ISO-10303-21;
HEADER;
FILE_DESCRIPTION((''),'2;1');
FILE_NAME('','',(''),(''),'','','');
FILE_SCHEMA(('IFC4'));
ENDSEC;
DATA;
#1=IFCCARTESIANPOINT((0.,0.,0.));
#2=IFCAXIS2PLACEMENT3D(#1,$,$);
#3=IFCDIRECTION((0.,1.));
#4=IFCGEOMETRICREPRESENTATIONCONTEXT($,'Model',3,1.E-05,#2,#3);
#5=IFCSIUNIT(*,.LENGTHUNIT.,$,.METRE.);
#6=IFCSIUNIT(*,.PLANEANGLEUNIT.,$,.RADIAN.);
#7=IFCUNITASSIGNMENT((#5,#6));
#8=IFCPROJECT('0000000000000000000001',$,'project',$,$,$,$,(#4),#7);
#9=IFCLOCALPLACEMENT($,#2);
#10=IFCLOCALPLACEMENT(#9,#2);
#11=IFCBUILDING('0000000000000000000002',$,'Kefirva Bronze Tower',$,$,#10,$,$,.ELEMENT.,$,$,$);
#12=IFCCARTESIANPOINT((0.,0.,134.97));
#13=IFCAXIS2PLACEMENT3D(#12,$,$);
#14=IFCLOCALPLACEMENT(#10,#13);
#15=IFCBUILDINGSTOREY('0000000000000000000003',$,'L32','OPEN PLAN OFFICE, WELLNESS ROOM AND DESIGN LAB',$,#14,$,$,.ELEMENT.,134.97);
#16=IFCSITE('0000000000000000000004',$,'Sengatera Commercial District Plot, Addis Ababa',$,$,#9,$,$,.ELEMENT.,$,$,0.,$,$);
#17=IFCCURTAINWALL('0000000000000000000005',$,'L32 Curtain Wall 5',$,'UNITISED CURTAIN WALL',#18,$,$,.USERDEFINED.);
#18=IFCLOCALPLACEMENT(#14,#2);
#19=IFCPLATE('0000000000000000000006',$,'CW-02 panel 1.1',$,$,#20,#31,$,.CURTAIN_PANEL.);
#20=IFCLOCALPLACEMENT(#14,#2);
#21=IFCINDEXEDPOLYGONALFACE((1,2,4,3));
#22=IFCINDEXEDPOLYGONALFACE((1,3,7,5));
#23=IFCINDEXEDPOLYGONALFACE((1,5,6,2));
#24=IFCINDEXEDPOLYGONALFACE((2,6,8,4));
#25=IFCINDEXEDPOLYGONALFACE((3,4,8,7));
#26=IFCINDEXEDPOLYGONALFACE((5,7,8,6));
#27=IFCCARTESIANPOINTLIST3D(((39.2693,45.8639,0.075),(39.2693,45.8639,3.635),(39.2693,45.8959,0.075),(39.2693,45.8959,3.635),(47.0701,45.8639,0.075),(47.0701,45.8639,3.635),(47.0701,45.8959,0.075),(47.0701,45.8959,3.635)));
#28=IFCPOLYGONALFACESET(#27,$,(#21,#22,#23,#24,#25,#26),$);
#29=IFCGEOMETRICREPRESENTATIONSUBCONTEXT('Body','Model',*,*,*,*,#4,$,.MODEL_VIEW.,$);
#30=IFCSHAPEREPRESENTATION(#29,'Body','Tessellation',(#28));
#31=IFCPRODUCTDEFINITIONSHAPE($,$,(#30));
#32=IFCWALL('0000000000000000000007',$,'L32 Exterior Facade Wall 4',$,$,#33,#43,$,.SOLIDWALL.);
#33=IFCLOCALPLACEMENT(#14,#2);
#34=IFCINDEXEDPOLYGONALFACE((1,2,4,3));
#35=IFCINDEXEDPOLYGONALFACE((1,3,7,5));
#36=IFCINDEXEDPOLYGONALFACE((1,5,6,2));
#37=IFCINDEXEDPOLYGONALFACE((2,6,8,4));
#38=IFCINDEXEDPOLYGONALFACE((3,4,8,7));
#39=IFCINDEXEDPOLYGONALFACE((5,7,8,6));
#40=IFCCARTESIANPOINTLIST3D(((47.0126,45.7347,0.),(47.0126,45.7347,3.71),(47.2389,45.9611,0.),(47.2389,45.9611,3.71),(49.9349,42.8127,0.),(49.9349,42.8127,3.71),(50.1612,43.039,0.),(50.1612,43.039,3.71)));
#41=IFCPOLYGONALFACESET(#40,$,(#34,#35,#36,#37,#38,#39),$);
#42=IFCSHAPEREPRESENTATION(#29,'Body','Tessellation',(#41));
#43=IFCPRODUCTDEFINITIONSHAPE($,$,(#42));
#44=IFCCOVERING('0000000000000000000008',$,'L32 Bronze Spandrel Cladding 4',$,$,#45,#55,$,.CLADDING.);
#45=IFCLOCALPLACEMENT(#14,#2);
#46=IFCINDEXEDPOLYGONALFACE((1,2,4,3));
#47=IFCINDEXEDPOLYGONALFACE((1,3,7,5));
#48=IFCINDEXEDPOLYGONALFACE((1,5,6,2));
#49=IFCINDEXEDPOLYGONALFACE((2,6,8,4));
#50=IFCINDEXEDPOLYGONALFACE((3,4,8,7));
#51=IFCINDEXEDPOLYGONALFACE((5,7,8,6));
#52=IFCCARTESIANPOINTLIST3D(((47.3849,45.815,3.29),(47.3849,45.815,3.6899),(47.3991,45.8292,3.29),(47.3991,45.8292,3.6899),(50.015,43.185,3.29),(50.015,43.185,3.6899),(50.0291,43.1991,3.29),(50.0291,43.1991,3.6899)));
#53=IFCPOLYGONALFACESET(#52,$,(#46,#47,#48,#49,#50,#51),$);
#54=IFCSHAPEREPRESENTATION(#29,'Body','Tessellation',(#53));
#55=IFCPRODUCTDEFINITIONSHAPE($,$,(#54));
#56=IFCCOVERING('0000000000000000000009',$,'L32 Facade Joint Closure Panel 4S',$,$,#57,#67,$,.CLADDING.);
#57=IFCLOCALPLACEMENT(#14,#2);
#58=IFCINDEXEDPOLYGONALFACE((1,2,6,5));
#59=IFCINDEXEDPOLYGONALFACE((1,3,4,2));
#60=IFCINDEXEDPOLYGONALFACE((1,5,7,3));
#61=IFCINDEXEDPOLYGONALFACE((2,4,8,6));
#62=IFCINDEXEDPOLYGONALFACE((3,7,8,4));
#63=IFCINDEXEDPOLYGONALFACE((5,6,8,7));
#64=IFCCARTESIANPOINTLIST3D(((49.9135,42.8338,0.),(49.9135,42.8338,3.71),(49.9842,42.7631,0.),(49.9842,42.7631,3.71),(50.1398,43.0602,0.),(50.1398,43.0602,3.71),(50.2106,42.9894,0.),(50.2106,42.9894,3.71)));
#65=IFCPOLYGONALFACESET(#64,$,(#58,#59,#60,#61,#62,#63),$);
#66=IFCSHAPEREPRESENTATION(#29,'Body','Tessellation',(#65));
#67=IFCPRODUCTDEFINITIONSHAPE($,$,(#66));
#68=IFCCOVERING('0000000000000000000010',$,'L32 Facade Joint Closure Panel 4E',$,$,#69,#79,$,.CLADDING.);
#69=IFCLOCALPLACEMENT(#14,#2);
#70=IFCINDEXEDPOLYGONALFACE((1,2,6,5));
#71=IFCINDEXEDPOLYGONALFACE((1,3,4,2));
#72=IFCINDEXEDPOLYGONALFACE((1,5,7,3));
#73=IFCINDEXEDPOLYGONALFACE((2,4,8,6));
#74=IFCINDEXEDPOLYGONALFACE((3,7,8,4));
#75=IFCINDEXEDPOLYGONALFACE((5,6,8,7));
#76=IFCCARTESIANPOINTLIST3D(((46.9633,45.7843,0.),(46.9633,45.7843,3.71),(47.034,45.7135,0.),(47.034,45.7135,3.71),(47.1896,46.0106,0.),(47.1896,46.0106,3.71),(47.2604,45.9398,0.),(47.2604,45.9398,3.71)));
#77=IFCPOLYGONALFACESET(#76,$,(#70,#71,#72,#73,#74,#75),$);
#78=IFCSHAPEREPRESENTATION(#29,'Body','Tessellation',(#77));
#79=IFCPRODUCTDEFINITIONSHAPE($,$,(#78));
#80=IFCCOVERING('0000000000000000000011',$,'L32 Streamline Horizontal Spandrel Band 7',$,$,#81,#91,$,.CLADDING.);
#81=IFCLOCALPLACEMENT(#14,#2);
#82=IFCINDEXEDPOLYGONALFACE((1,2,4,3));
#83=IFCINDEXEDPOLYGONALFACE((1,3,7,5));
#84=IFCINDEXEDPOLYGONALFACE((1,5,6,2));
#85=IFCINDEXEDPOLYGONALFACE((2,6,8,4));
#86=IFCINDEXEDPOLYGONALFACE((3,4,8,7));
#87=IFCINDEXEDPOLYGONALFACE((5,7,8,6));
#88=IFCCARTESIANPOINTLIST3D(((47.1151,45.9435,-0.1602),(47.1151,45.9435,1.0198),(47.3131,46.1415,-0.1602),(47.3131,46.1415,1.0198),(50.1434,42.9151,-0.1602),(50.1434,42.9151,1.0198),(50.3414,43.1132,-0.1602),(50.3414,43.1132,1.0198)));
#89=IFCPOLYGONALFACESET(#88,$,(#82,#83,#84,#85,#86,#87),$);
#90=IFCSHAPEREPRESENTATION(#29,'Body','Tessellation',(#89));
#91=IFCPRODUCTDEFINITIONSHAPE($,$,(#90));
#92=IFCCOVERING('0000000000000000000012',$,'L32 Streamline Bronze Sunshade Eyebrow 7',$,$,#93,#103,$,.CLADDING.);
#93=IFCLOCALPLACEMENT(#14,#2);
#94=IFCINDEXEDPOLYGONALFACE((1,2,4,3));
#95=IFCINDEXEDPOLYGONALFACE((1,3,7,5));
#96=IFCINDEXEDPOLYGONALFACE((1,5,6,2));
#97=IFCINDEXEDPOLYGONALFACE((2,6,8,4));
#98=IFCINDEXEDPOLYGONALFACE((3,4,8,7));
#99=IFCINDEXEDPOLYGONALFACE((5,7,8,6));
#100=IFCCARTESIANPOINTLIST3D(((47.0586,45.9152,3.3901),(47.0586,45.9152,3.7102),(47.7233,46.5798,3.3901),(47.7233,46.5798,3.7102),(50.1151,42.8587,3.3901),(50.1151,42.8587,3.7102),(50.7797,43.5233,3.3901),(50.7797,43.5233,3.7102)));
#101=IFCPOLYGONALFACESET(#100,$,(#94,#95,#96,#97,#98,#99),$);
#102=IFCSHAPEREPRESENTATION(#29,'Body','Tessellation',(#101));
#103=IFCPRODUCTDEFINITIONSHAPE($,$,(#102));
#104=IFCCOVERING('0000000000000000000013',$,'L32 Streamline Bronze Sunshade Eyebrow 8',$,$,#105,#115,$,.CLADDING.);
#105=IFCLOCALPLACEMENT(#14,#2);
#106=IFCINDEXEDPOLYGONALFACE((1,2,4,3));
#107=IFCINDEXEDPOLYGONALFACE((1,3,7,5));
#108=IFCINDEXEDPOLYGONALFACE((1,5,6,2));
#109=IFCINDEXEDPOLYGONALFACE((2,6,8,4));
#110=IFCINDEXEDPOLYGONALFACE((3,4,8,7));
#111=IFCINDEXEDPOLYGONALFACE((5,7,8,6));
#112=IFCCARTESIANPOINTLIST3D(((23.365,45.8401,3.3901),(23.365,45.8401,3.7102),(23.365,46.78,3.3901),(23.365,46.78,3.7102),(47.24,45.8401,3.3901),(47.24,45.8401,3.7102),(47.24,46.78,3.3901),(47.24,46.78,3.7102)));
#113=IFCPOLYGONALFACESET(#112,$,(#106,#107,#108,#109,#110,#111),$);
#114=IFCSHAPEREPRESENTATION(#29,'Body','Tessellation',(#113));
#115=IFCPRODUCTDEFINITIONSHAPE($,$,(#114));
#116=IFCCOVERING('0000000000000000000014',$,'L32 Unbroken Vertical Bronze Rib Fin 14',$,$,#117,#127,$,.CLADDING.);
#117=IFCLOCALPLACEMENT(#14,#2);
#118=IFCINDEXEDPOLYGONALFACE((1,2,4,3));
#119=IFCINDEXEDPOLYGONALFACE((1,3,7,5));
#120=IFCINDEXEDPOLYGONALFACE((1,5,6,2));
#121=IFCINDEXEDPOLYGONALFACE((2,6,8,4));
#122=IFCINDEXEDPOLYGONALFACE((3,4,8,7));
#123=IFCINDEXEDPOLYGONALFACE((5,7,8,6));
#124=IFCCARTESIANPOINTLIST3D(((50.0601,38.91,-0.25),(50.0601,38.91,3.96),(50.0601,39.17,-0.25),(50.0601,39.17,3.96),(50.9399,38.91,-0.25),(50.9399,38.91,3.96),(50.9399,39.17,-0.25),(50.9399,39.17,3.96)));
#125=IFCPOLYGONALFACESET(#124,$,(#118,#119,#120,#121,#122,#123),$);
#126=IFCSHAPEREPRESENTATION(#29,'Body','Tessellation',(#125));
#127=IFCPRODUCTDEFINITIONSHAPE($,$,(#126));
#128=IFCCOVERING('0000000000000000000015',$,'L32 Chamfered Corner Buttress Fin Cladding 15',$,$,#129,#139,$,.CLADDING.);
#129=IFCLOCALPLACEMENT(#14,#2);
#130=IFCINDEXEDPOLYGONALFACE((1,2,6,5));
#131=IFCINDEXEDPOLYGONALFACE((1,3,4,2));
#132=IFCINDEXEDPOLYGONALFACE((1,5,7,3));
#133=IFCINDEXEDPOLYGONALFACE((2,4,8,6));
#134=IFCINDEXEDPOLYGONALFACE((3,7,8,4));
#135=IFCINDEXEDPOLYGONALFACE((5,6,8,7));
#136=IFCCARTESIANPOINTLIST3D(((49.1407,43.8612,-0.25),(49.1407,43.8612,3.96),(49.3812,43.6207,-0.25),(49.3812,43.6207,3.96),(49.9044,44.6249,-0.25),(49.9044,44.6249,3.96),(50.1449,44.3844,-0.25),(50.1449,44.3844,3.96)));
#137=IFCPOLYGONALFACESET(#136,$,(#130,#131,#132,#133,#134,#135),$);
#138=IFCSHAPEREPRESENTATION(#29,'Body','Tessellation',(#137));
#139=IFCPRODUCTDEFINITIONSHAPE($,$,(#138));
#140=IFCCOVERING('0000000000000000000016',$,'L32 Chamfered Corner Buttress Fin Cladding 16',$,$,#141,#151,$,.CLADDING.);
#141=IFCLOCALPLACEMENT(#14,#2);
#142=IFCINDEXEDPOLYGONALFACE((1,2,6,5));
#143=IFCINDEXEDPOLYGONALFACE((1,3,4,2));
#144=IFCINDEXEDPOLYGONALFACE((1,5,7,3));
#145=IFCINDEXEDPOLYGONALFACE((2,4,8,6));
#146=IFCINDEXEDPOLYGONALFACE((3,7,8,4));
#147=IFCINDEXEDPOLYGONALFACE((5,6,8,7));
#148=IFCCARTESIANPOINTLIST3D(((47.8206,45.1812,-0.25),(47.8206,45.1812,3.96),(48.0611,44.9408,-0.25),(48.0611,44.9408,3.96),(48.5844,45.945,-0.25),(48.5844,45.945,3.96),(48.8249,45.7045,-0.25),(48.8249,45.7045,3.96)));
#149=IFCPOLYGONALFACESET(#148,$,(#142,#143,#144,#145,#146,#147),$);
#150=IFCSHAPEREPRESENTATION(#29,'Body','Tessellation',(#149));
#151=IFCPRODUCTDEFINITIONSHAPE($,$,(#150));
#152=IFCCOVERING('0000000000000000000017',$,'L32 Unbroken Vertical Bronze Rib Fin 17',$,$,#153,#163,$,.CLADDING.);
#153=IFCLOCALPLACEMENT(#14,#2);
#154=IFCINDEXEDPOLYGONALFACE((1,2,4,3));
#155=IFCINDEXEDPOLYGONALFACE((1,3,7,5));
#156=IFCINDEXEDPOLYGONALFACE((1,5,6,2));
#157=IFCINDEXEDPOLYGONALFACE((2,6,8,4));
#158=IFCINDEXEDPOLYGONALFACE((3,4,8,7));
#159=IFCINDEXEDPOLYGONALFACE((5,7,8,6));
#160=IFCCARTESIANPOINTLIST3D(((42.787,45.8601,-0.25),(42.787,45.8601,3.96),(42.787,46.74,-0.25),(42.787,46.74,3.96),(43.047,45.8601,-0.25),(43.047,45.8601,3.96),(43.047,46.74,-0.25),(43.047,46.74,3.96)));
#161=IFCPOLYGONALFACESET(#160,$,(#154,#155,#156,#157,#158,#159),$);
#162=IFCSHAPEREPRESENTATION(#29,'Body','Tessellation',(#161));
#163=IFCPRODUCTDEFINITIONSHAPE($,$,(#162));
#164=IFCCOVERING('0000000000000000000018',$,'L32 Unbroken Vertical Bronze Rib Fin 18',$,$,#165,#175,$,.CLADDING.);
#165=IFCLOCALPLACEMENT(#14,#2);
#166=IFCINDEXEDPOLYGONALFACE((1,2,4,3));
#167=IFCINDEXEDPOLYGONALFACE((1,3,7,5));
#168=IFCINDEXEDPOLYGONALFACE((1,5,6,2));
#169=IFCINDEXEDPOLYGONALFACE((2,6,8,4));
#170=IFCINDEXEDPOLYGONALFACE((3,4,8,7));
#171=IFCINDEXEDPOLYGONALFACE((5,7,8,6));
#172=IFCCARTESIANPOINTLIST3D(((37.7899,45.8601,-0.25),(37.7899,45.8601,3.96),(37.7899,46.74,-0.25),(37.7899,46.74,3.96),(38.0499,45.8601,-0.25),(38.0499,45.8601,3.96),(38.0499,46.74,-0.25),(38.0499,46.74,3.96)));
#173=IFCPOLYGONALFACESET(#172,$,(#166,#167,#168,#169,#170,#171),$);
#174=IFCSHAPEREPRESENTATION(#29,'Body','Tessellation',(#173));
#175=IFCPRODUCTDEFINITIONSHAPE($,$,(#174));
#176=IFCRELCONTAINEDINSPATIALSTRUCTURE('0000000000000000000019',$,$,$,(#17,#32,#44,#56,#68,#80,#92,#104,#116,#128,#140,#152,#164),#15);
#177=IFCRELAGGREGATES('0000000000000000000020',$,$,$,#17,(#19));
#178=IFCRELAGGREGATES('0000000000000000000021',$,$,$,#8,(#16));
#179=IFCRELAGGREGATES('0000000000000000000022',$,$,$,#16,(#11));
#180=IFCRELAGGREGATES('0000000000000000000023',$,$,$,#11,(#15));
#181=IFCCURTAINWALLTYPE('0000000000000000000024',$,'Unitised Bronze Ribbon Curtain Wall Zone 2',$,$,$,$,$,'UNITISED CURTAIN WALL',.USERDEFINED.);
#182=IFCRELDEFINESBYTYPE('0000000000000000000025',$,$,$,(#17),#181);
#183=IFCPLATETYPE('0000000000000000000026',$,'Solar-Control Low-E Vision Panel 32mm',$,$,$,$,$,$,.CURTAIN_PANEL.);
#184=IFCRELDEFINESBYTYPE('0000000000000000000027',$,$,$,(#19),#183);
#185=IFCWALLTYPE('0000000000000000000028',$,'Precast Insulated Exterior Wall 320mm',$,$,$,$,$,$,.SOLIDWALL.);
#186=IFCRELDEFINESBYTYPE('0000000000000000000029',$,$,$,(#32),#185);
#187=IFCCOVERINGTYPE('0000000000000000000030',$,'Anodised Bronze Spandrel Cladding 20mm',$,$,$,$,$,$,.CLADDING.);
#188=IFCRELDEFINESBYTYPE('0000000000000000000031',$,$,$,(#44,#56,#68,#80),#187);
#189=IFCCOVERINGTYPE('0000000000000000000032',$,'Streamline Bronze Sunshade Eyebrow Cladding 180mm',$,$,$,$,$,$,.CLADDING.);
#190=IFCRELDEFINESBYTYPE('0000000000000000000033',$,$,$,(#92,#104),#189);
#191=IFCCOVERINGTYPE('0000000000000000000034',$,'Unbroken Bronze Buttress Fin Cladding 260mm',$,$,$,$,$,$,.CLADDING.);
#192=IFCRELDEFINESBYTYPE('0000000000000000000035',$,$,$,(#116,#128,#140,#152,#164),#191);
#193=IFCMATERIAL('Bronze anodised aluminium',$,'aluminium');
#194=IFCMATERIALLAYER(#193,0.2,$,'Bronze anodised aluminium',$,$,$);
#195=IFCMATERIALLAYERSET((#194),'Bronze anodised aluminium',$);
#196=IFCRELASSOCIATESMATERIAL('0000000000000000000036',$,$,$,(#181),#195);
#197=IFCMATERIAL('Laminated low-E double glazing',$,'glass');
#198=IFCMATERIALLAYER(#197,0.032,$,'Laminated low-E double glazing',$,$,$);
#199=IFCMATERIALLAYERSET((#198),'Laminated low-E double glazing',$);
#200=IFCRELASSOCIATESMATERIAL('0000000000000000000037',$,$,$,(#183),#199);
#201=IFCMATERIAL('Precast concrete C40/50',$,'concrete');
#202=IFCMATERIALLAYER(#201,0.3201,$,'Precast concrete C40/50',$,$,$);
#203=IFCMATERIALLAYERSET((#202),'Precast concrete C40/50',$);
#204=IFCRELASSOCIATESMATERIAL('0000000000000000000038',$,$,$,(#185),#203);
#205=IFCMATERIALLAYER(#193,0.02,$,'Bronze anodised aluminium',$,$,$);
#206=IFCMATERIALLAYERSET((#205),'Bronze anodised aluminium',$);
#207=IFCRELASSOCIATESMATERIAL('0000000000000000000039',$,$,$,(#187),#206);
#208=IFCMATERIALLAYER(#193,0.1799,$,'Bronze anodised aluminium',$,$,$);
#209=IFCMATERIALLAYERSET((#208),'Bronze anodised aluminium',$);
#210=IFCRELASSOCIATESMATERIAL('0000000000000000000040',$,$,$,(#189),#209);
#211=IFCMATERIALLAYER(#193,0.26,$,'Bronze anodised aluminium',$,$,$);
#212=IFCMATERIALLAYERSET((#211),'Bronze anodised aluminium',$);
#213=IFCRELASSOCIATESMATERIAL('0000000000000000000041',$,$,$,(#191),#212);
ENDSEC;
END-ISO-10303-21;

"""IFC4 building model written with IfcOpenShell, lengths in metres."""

from ifc_helpers import new_model, si_unit, direction, frame, frame_2d, origin, origin_2d, place, context, subcontext, project, spatial, rectangle, extrude, material, layer, layer_set, type_object, element, aggregate, save


model = new_model("IFC4")

# Units and contexts
model_context = context("Model", 3, precision=1e-05, world=origin(), true_north=direction((0.0, 1.0)))
body_context = subcontext(model_context, "Body", "Model", "MODEL_VIEW")
ifc_project = project(units=[si_unit("LENGTHUNIT", "METRE"), si_unit("PLANEANGLEUNIT", "RADIAN")], contexts=[model_context])

# Site, building, storey
site_placement = place(None, origin())
site = spatial("IfcSite", under=ifc_project, at=site_placement, Name="Sengatera Commercial District Plot, Addis Ababa", CompositionType="ELEMENT", RefElevation=0.0)
building_placement = place(site_placement, origin())
building = spatial("IfcBuilding", under=site, at=building_placement, Name="Kefirva Bronze Tower", CompositionType="ELEMENT")
storey_placement = place(building_placement, frame((0.0, 0.0, 134.97)))
storey = spatial("IfcBuildingStorey", under=building, at=storey_placement, Name="L32", Description="OPEN PLAN OFFICE, WELLNESS ROOM AND DESIGN LAB", CompositionType="ELEMENT", Elevation=134.97)

# Shared definitions
ifc_material_1 = material(Name="Bronze anodised aluminium", Category="aluminium")
ifc_layer_1 = layer(ifc_material_1, 0.2, Name="Bronze anodised aluminium")
ifc_layer_set_1 = layer_set([ifc_layer_1], Name="Bronze anodised aluminium")
curtain_wall_type = type_object("IfcCurtainWallType", Name="Unitised Bronze Ribbon Curtain Wall Zone 2", ElementType="UNITISED CURTAIN WALL", PredefinedType="USERDEFINED", material=ifc_layer_set_1)

# Curtain wall
curtain_wall_1_placement = place(storey_placement, origin())
curtain_wall_1 = element("IfcCurtainWall", 1, at=curtain_wall_1_placement, inside=storey, type_object=curtain_wall_type, Name="L32 Curtain Wall 5", ObjectType="UNITISED CURTAIN WALL", PredefinedType="USERDEFINED")

# Plate
ifc_material_2 = material(Name="Laminated low-E double glazing", Category="glass")
ifc_layer_2 = layer(ifc_material_2, 0.032, Name="Laminated low-E double glazing")
ifc_layer_set_2 = layer_set([ifc_layer_2], Name="Laminated low-E double glazing")
plate_type = type_object("IfcPlateType", Name="Solar-Control Low-E Vision Panel 32mm", PredefinedType="CURTAIN_PANEL", material=ifc_layer_set_2)
plate_placement = place(storey_placement, frame((43.1697, 45.8799, 0.075), z_axis=(0.0, 0.0, 1.0), x_axis=(-1.0, 0.0, 0.0)))
plate = element("IfcPlate", 2, at=plate_placement, type_object=plate_type, Name="CW-02 panel 1.1", PredefinedType="CURTAIN_PANEL", context=body_context, shape_type="SweptSolid", body=[
    extrude(rectangle(XDim=7.8008, YDim=0.032, at=origin_2d()), origin(), (0.0, 0.0, 1.0), 3.5601),
])
aggregate(curtain_wall_1, [plate])

# Wall
ifc_material_3 = material(Name="Precast concrete C40/50", Category="concrete")
ifc_layer_3 = layer(ifc_material_3, 0.3201, Name="Precast concrete C40/50")
ifc_layer_set_3 = layer_set([ifc_layer_3], Name="Precast concrete C40/50")
wall_type = type_object("IfcWallType", Name="Precast Insulated Exterior Wall 320mm", PredefinedType="SOLIDWALL", material=ifc_layer_set_3)
wall_placement = place(storey_placement, frame((50.0481, 42.9258, 0.0), z_axis=(0.0, 0.0, 1.0), x_axis=(-0.707136, 0.707077, 0.0)))
element("IfcWall", 3, at=wall_placement, inside=storey, type_object=wall_type, Name="L32 Exterior Facade Wall 4", PredefinedType="SOLIDWALL", context=body_context, shape_type="SweptSolid", body=[
    extrude(rectangle(XDim=4.1326, YDim=0.3201, at=frame_2d((2.0664, 0.0))), origin(), (0.0, 0.0, 1.0), 3.71),
])

# Coverings
ifc_layer_4 = layer(ifc_material_1, 0.02, Name="Bronze anodised aluminium")
ifc_layer_set_4 = layer_set([ifc_layer_4], Name="Bronze anodised aluminium")
covering_type_1 = type_object("IfcCoveringType", Name="Anodised Bronze Spandrel Cladding 20mm", PredefinedType="CLADDING", material=ifc_layer_set_4)
covering_1_placement = place(storey_placement, frame((48.707, 44.5071, 3.29), z_axis=(0.0, 0.0, 1.0), x_axis=(-0.707107, 0.707107, 0.0)))
element("IfcCovering", 4, at=covering_1_placement, inside=storey, type_object=covering_type_1, Name="L32 Bronze Spandrel Cladding 4", PredefinedType="CLADDING", context=body_context, shape_type="SweptSolid", body=[
    extrude(rectangle(XDim=3.7195, YDim=0.02, at=origin_2d()), origin(), (0.0, 0.0, 1.0), 0.3999),
])
for number, where, z_axis, x_axis, name in (
    (5, (50.062, 42.9116, 0.0), (0.0, 0.0, 1.0), (-0.707107, 0.707107, 0.0), "L32 Facade Joint Closure Panel 4S"),
    (6, (47.1118, 45.8621, 0.0), (0.0, 0.0, 1.0), (-0.707107, 0.707107, 0.0), "L32 Facade Joint Closure Panel 4E"),
):
    element("IfcCovering", number, at=place(storey_placement, frame(where, z_axis=z_axis, x_axis=x_axis)), inside=storey, type_object=covering_type_1, Name=name, PredefinedType="CLADDING", context=body_context, shape_type="SweptSolid", body=[
        extrude(rectangle(XDim=0.1001, YDim=0.3201, at=origin_2d()), origin(), (0.0, 0.0, 1.0), 3.71),
    ])
covering_2_placement = place(storey_placement, frame((48.7283, 44.5283, -0.1602), z_axis=(0.0, 0.0, 1.0), x_axis=(-0.707107, 0.707107, 0.0)))
element("IfcCovering", 7, at=covering_2_placement, inside=storey, type_object=covering_type_1, Name="L32 Streamline Horizontal Spandrel Band 7", PredefinedType="CLADDING", context=body_context, shape_type="SweptSolid", body=[
    extrude(rectangle(XDim=4.2827, YDim=0.28, at=origin_2d()), origin(), (0.0, 0.0, 1.0), 1.1799),
])
ifc_layer_5 = layer(ifc_material_1, 0.1799, Name="Bronze anodised aluminium")
ifc_layer_set_5 = layer_set([ifc_layer_5], Name="Bronze anodised aluminium")
covering_type_2 = type_object("IfcCoveringType", Name="Streamline Bronze Sunshade Eyebrow Cladding 180mm", PredefinedType="CLADDING", material=ifc_layer_set_5)
covering_3_placement = place(storey_placement, frame((48.9192, 44.7192, 3.3901), z_axis=(0.0, 0.0, 1.0), x_axis=(-0.707107, 0.707107, 0.0)))
element("IfcCovering", 8, at=covering_3_placement, inside=storey, type_object=covering_type_2, Name="L32 Streamline Bronze Sunshade Eyebrow 7", PredefinedType="CLADDING", context=body_context, shape_type="SweptSolid", body=[
    extrude(rectangle(XDim=4.3225, YDim=0.9399, at=origin_2d()), origin(), (0.0, 0.0, 1.0), 0.3201),
])
covering_4_placement = place(storey_placement, frame((35.3025, 46.3101, 3.3901), z_axis=(0.0, 0.0, 1.0), x_axis=(-1.0, 0.0, 0.0)))
element("IfcCovering", 9, at=covering_4_placement, inside=storey, type_object=covering_type_2, Name="L32 Streamline Bronze Sunshade Eyebrow 8", PredefinedType="CLADDING", context=body_context, shape_type="SweptSolid", body=[
    extrude(rectangle(XDim=23.875, YDim=0.9399, at=origin_2d()), origin(), (0.0, 0.0, 1.0), 0.3201),
])
ifc_layer_6 = layer(ifc_material_1, 0.26, Name="Bronze anodised aluminium")
ifc_layer_set_6 = layer_set([ifc_layer_6], Name="Bronze anodised aluminium")
covering_type_3 = type_object("IfcCoveringType", Name="Unbroken Bronze Buttress Fin Cladding 260mm", PredefinedType="CLADDING", material=ifc_layer_set_6)
covering_5_placement = place(storey_placement, frame((50.5, 39.04, -0.25), z_axis=(0.0, 0.0, 1.0), x_axis=(0.0, 1.0, 0.0)))
element("IfcCovering", 10, at=covering_5_placement, inside=storey, type_object=covering_type_3, Name="L32 Unbroken Vertical Bronze Rib Fin 14", PredefinedType="CLADDING", context=body_context, shape_type="SweptSolid", body=[
    extrude(rectangle(XDim=0.26, YDim=0.8799, at=origin_2d()), origin(), (0.0, 0.0, 1.0), 4.21),
])
for number, where, z_axis, x_axis, name in (
    (11, (49.6428, 44.1228, -0.25), (0.0, 0.0, 1.0), (-0.707107, 0.707107, 0.0), "L32 Chamfered Corner Buttress Fin Cladding 15"),
    (12, (48.3228, 45.4429, -0.25), (0.0, 0.0, 1.0), (-0.707107, 0.707107, 0.0), "L32 Chamfered Corner Buttress Fin Cladding 16"),
):
    element("IfcCovering", number, at=place(storey_placement, frame(where, z_axis=z_axis, x_axis=x_axis)), inside=storey, type_object=covering_type_3, Name=name, PredefinedType="CLADDING", context=body_context, shape_type="SweptSolid", body=[
        extrude(rectangle(XDim=0.3401, YDim=1.0801, at=origin_2d()), origin(), (0.0, 0.0, 1.0), 4.21),
    ])
for number, where, z_axis, x_axis, name in (
    (13, (42.917, 46.3, -0.25), (0.0, 0.0, 1.0), (-1.0, 0.0, 0.0), "L32 Unbroken Vertical Bronze Rib Fin 17"),
    (14, (37.9199, 46.3, -0.25), (0.0, 0.0, 1.0), (-1.0, 0.0, 0.0), "L32 Unbroken Vertical Bronze Rib Fin 18"),
):
    element("IfcCovering", number, at=place(storey_placement, frame(where, z_axis=z_axis, x_axis=x_axis)), inside=storey, type_object=covering_type_3, Name=name, PredefinedType="CLADDING", context=body_context, shape_type="SweptSolid", body=[
        extrude(rectangle(XDim=0.26, YDim=0.8799, at=origin_2d()), origin(), (0.0, 0.0, 1.0), 4.21),
    ])

save(model, "model.ifc")
